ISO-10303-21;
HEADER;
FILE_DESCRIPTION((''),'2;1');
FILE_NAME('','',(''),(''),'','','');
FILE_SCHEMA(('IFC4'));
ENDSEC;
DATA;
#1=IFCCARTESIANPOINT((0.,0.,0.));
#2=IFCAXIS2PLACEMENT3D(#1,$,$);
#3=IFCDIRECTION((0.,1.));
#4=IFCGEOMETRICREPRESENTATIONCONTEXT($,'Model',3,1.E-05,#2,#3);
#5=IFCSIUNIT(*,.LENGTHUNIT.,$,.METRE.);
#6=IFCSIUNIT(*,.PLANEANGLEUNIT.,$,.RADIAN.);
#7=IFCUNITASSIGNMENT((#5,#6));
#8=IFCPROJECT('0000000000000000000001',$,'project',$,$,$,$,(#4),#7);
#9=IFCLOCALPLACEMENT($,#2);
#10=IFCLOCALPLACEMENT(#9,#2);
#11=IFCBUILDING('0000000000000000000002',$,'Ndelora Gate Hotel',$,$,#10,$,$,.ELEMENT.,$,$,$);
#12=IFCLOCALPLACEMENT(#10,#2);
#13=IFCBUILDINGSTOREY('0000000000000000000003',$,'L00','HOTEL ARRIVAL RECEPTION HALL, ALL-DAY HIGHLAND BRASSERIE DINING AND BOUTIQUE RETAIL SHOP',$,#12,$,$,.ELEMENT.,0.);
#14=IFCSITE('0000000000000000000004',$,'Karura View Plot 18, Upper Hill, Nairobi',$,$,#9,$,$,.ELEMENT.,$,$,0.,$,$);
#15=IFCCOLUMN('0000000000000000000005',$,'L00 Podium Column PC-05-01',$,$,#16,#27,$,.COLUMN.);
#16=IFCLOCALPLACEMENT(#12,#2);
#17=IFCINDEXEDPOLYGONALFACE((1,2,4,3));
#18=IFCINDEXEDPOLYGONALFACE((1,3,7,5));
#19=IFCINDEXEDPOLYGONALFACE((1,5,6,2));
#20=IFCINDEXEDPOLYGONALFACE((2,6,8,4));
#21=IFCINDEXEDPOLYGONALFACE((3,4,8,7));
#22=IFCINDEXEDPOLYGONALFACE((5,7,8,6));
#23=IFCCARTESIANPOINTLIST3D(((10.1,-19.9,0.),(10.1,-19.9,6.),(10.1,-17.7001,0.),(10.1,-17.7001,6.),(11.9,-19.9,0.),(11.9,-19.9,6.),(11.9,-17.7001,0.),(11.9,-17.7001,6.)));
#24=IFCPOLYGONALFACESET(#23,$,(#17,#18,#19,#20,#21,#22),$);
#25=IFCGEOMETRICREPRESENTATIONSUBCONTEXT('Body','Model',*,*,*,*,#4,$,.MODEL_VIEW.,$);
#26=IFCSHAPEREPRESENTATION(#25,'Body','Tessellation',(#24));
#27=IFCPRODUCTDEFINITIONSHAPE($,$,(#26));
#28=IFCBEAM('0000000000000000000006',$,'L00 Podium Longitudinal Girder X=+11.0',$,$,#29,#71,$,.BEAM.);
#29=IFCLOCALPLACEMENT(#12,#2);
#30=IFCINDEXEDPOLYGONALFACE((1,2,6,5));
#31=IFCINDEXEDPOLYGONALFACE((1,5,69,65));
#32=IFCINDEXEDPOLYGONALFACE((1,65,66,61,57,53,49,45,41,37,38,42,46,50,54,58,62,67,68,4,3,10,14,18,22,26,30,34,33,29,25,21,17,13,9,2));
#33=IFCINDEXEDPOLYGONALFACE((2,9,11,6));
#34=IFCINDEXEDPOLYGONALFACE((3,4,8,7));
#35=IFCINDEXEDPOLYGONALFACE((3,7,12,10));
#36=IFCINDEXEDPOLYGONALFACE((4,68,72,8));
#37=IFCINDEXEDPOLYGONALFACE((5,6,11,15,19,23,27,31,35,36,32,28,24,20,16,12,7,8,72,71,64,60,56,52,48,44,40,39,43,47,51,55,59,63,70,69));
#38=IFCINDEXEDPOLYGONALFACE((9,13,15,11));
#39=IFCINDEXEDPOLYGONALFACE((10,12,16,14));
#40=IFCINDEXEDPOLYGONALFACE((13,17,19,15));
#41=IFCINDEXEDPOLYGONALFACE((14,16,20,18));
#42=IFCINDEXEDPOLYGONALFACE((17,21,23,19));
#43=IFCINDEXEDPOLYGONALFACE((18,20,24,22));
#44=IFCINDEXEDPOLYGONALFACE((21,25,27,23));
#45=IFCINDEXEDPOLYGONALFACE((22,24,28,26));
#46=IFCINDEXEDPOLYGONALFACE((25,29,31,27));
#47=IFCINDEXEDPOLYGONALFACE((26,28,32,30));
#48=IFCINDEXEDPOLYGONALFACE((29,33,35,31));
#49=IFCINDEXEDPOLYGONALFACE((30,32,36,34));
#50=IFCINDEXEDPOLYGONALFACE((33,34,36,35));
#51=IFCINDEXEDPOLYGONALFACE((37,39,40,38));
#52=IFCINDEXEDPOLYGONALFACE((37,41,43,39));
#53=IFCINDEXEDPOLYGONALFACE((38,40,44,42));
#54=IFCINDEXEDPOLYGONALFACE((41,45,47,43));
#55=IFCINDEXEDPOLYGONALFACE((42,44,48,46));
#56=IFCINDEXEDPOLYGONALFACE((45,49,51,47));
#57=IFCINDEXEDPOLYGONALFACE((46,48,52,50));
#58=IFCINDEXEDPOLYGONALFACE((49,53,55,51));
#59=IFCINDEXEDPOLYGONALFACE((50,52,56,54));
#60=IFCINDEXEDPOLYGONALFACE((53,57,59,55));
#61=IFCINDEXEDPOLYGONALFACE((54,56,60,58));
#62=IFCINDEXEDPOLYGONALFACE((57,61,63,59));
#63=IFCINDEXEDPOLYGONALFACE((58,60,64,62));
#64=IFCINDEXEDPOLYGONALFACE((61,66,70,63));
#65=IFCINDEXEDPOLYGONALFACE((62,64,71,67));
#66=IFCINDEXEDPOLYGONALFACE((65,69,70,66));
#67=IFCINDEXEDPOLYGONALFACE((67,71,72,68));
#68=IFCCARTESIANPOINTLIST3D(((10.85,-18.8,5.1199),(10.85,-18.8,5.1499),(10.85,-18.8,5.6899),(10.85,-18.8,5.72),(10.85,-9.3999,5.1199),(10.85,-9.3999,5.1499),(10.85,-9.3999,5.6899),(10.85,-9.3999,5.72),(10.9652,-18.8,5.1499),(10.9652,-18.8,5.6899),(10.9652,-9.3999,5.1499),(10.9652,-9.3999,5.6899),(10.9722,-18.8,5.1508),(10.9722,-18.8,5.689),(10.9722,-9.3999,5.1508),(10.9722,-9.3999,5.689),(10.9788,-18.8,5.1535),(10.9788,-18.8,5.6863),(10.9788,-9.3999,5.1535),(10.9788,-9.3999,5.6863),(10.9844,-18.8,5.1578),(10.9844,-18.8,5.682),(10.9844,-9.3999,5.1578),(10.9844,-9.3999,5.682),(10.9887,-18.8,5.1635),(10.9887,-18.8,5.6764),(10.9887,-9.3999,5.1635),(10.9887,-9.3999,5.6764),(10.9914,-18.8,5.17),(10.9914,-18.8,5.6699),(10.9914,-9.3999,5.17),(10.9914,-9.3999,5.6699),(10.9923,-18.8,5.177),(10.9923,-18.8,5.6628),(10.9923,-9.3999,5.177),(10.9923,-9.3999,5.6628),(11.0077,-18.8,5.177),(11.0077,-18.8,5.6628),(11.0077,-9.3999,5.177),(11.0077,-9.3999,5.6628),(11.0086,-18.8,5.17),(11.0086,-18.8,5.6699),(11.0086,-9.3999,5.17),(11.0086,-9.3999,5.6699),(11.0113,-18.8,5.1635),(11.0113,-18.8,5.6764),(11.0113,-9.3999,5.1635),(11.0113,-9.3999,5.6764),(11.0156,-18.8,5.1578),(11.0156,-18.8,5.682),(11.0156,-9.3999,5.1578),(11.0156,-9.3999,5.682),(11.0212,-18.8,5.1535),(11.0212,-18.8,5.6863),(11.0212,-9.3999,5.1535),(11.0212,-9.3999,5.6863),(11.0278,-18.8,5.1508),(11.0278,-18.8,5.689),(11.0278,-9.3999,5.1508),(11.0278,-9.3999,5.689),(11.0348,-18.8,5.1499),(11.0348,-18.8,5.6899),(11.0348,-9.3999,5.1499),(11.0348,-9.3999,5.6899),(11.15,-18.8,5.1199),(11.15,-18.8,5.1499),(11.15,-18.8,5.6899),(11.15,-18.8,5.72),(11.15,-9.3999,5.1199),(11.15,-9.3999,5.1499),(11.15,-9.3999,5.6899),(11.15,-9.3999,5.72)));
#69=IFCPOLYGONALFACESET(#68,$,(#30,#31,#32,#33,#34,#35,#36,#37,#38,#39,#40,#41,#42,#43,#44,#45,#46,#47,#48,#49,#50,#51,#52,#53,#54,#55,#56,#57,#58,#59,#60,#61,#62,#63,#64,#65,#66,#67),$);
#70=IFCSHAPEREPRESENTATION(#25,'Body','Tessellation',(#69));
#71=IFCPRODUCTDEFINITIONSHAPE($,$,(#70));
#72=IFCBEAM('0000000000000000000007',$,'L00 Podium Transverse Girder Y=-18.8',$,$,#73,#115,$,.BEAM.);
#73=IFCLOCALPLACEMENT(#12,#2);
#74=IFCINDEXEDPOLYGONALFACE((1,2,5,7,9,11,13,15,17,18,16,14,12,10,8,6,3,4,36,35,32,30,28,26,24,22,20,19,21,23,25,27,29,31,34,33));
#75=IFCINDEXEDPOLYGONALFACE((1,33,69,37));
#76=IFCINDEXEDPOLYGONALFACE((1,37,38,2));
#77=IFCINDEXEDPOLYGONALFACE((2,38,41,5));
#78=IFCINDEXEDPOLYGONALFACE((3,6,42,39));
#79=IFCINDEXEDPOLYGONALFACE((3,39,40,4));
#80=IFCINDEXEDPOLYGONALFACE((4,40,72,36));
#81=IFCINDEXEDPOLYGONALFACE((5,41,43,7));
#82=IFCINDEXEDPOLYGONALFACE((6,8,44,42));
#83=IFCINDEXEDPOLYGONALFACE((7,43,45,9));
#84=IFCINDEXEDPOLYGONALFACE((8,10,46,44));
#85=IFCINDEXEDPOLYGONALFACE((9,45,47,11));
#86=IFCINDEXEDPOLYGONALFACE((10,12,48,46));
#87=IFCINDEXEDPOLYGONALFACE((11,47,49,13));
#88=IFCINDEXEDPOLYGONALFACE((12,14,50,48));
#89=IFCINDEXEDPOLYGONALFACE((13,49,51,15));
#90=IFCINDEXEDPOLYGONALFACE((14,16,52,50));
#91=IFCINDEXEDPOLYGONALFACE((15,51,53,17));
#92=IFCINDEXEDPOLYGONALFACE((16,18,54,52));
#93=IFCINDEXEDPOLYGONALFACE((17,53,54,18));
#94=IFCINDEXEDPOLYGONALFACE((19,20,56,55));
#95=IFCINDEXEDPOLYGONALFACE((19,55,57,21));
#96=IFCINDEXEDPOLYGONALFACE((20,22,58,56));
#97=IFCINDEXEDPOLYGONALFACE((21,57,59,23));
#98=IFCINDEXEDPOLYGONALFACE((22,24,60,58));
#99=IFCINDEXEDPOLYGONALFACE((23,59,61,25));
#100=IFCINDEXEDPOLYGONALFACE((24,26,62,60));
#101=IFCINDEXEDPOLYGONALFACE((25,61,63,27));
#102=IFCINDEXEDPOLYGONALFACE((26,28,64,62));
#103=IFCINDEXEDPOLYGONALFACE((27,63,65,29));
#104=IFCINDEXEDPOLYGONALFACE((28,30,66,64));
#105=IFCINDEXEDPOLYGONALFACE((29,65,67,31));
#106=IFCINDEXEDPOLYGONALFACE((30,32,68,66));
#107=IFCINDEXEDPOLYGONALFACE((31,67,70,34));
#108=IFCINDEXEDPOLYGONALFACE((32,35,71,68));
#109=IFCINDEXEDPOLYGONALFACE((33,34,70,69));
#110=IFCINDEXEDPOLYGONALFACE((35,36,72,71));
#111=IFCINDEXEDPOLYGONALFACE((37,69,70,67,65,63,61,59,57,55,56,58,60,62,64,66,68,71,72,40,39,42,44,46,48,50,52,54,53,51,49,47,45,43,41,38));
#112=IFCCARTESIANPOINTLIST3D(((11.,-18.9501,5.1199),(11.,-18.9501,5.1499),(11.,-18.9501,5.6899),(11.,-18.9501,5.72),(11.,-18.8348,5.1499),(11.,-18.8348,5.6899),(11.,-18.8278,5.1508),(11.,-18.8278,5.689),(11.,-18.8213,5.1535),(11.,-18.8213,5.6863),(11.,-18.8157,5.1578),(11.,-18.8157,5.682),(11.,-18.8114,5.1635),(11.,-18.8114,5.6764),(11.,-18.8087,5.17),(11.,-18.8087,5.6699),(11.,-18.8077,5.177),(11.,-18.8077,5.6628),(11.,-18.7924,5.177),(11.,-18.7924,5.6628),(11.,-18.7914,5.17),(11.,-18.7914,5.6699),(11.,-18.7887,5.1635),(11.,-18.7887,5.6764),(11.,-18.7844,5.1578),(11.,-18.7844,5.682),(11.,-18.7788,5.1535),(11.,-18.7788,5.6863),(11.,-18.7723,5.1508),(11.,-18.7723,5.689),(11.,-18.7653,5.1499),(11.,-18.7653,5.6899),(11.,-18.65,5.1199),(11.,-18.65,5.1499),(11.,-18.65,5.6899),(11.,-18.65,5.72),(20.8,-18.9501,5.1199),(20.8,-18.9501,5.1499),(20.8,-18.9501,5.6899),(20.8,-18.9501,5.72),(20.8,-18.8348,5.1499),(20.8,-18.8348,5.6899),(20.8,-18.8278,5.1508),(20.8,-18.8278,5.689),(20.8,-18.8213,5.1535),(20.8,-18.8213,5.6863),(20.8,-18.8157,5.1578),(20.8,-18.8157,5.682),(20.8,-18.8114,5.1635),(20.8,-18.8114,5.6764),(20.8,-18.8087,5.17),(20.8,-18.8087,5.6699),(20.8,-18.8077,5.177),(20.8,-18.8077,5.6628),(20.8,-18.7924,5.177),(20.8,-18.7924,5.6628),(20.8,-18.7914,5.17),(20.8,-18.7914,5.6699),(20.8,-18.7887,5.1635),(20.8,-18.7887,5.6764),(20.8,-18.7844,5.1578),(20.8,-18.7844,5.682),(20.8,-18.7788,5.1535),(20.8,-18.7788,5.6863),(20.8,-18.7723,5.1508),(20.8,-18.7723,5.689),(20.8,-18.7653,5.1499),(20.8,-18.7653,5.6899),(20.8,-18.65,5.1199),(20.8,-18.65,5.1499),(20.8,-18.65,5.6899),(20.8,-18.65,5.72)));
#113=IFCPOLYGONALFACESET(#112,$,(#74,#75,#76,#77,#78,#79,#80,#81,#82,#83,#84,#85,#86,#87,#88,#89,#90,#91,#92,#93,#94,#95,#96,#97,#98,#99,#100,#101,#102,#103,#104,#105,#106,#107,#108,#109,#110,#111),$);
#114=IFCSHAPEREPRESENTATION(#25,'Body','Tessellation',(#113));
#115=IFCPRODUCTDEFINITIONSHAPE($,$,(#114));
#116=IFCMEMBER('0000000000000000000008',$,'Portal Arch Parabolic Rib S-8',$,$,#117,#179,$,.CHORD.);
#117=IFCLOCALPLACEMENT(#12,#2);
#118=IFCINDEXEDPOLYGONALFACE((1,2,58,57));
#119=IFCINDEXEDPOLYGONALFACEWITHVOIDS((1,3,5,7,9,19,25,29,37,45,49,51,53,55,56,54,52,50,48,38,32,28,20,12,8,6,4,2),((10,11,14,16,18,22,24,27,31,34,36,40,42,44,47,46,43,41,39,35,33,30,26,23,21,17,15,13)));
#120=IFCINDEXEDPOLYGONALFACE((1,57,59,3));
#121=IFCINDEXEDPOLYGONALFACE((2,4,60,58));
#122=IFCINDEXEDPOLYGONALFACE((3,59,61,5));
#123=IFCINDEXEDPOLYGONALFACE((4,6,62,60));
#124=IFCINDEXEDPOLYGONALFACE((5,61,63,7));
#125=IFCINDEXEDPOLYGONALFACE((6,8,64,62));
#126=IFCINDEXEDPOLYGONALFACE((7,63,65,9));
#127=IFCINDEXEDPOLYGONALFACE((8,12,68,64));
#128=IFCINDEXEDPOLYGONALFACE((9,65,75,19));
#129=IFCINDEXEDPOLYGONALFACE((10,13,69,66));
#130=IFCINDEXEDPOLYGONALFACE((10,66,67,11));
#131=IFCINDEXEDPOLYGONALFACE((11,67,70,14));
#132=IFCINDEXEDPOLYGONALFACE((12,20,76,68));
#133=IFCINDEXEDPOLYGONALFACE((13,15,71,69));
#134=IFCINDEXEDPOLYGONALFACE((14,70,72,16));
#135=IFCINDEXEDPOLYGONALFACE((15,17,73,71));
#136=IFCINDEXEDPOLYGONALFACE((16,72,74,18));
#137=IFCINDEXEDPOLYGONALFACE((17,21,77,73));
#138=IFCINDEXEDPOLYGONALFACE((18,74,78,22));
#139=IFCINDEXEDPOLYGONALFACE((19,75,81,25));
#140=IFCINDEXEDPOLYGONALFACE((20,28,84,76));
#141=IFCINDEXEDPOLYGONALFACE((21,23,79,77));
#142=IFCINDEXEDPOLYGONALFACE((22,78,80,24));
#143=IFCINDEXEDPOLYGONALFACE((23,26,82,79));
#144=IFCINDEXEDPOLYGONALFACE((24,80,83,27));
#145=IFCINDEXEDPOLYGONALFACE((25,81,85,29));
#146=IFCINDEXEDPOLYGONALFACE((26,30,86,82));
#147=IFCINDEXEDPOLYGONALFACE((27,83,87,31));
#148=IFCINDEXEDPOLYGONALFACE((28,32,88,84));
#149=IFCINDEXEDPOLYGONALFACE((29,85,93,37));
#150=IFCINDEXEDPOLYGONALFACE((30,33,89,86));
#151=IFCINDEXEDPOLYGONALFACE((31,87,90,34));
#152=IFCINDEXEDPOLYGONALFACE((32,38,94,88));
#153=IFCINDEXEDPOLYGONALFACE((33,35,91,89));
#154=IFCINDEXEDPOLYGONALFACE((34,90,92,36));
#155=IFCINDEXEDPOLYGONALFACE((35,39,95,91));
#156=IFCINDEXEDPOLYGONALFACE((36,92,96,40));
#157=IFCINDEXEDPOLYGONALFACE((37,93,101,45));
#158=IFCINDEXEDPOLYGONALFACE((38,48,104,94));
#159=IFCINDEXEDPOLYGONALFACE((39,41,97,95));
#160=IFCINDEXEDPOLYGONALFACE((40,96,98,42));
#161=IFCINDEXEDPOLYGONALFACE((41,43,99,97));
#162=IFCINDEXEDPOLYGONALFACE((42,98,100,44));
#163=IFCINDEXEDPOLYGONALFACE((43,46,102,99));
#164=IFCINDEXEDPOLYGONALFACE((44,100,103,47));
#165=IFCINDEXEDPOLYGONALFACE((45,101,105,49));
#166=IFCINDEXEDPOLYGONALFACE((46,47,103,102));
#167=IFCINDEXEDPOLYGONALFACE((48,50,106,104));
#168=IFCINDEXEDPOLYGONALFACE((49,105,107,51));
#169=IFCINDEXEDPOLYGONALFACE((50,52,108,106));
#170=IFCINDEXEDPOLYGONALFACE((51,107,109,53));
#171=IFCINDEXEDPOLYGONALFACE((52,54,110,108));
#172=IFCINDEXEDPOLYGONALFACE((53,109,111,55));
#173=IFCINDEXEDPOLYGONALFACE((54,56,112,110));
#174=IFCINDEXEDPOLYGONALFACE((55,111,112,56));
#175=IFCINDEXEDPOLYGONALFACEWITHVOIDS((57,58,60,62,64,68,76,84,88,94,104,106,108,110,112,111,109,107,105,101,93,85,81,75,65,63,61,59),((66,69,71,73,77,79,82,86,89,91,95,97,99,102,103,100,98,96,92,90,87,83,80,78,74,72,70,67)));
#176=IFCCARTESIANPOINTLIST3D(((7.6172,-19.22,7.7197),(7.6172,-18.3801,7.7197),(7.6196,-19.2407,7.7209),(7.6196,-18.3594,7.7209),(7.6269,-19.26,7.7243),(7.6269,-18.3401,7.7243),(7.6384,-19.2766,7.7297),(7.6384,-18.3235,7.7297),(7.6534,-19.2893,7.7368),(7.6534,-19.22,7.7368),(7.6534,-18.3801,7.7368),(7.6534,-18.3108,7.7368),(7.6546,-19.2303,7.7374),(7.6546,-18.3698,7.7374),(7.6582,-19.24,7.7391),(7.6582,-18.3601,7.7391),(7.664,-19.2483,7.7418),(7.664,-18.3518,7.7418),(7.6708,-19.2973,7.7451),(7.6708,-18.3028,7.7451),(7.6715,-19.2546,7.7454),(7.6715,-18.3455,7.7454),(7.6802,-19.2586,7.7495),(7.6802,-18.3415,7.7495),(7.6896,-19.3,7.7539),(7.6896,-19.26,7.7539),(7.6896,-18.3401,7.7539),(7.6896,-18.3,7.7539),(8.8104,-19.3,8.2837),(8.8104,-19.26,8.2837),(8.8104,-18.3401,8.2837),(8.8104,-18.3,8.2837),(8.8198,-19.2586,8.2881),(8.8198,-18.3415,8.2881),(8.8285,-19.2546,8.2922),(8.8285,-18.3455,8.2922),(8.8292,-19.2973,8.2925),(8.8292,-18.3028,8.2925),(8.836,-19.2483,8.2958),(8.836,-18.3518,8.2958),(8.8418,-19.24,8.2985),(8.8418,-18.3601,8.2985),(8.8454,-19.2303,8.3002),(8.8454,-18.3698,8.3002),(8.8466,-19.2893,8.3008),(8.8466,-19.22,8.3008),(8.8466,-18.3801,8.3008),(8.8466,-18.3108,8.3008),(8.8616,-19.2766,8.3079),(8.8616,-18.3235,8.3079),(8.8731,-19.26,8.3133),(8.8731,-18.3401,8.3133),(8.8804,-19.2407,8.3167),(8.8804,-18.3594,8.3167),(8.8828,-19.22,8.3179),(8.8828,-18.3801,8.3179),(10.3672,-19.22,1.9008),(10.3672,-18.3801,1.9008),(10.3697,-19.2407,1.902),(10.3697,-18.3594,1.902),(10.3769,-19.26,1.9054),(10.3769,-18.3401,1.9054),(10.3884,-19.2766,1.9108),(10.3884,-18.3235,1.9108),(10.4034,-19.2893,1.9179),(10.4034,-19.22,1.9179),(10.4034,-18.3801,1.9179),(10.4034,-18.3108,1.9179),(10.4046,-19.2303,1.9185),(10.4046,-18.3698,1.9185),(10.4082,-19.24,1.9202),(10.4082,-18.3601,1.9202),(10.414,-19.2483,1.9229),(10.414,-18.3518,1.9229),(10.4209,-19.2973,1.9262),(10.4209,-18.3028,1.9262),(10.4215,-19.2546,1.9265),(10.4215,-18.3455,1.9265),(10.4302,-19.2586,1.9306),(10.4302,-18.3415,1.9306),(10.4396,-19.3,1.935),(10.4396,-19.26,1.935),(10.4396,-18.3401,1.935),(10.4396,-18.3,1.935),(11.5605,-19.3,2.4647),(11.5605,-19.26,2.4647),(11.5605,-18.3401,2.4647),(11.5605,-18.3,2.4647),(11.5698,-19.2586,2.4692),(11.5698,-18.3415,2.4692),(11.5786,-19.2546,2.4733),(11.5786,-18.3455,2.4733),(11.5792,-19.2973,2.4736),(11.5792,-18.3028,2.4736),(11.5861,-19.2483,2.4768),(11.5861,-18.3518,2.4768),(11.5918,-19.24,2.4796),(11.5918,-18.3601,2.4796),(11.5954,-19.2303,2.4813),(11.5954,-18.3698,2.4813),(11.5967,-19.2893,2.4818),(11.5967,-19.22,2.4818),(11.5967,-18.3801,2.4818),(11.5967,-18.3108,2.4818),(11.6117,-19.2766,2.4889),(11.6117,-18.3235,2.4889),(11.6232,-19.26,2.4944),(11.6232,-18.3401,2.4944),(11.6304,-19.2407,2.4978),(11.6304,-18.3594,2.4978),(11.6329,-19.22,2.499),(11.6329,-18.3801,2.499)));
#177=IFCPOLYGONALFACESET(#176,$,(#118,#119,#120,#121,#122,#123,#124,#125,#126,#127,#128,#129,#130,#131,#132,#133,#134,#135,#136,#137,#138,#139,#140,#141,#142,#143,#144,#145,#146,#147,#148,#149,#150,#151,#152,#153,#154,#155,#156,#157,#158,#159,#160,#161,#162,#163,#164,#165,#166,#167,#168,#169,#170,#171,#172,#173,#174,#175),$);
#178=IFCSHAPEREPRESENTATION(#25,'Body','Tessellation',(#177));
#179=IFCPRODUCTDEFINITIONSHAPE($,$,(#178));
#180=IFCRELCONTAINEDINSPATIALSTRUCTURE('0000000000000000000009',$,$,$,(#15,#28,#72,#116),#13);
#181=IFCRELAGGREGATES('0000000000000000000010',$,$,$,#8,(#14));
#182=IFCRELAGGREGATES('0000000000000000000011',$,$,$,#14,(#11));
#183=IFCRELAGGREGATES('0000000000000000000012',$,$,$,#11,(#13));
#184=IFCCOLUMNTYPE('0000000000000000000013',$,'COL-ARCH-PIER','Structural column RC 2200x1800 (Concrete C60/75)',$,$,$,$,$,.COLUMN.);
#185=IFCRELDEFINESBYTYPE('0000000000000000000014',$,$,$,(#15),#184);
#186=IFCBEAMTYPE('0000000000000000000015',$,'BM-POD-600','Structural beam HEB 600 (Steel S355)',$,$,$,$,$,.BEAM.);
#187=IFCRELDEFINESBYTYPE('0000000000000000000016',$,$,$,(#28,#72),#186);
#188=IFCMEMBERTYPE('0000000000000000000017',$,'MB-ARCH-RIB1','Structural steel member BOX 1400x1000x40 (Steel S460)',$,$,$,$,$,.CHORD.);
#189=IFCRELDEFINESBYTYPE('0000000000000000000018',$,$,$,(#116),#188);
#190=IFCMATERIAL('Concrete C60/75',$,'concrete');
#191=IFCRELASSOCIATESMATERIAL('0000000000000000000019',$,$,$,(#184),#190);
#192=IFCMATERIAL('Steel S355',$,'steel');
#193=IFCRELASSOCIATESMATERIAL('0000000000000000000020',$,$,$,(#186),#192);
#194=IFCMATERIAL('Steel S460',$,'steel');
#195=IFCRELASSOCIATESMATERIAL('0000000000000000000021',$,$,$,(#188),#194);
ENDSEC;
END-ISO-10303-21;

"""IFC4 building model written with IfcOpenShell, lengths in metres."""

from ifc_helpers import new_model, si_unit, direction, frame, origin, origin_2d, place, context, subcontext, project, spatial, rectangle, hollow_rectangle, i_section, extrude, material, material_profile, profile_set, type_object, element, save


model = new_model("IFC4")

# Units and contexts
model_context = context("Model", 3, precision=1e-05, world=origin(), true_north=direction((0.0, 1.0)))
body_context = subcontext(model_context, "Body", "Model", "MODEL_VIEW")
ifc_project = project(units=[si_unit("LENGTHUNIT", "METRE"), si_unit("PLANEANGLEUNIT", "RADIAN")], contexts=[model_context])

# Site, building, storey
site_placement = place(None, origin())
site = spatial("IfcSite", under=ifc_project, at=site_placement, Name="Karura View Plot 18, Upper Hill, Nairobi", CompositionType="ELEMENT", RefElevation=0.0)
building_placement = place(site_placement, origin())
building = spatial("IfcBuilding", under=site, at=building_placement, Name="Ndelora Gate Hotel", CompositionType="ELEMENT")
storey_placement = place(building_placement, origin())
storey = spatial("IfcBuildingStorey", under=building, at=storey_placement, Name="L00", Description="HOTEL ARRIVAL RECEPTION HALL, ALL-DAY HIGHLAND BRASSERIE DINING AND BOUTIQUE RETAIL SHOP", CompositionType="ELEMENT", Elevation=0.0)

# Column
ifc_material_1 = material(Name="Concrete C60/75", Category="concrete")
ifc_material_profile_1 = material_profile(ifc_material_1, rectangle(XDim=1.8, YDim=2.2, at=origin_2d()), Name="RC 2200x1800")
ifc_profile_set_1 = profile_set([ifc_material_profile_1], Name="Concrete C60/75")
column_type = type_object("IfcColumnType", Name="COL-ARCH-PIER", Description="Structural column RC 2200x1800 (Concrete C60/75)", PredefinedType="COLUMN", material=ifc_profile_set_1)
column_placement = place(storey_placement, frame((11.0, -18.8, 0.0), z_axis=(0.0, 0.0, 1.0), x_axis=(1.0, 0.0, 0.0)))
element("IfcColumn", 1, at=column_placement, inside=storey, type_object=column_type, Name="L00 Podium Column PC-05-01", PredefinedType="COLUMN", context=body_context, shape_type="SweptSolid", body=[
    extrude(rectangle(XDim=1.8, YDim=2.2, at=origin_2d()), origin(), (0.0, 0.0, 1.0), 6.0),
])

# Beams
ifc_material_2 = material(Name="Steel S355", Category="steel")
ifc_material_profile_2 = material_profile(ifc_material_2, i_section(OverallWidth=0.3, OverallDepth=0.6001, WebThickness=0.0154, FlangeThickness=0.03, FilletRadius=0.0271, at=origin_2d()), Name="HEB 600")
ifc_profile_set_2 = profile_set([ifc_material_profile_2], Name="Steel S355")
beam_type = type_object("IfcBeamType", Name="BM-POD-600", Description="Structural beam HEB 600 (Steel S355)", PredefinedType="BEAM", material=ifc_profile_set_2)
beam_1_placement = place(storey_placement, frame((11.0, -18.8, 5.4199), z_axis=(0.0, 1.0, 0.0), x_axis=(-1.0, 0.0, 0.0)))
element("IfcBeam", 2, at=beam_1_placement, inside=storey, type_object=beam_type, Name="L00 Podium Longitudinal Girder X=+11.0", PredefinedType="BEAM", context=body_context, shape_type="SweptSolid", body=[
    extrude(i_section(OverallWidth=0.3, OverallDepth=0.6001, WebThickness=0.0154, FlangeThickness=0.03, FilletRadius=0.0271, at=origin_2d()), origin(), (0.0, 0.0, 1.0), 9.4001),
])
beam_2_placement = place(storey_placement, frame((11.0, -18.8, 5.4199), z_axis=(1.0, 0.0, 0.0), x_axis=(0.0, 1.0, 0.0)))
element("IfcBeam", 3, at=beam_2_placement, inside=storey, type_object=beam_type, Name="L00 Podium Transverse Girder Y=-18.8", PredefinedType="BEAM", context=body_context, shape_type="SweptSolid", body=[
    extrude(i_section(OverallWidth=0.3, OverallDepth=0.6001, WebThickness=0.0154, FlangeThickness=0.03, FilletRadius=0.0271, at=origin_2d()), origin(), (0.0, 0.0, 1.0), 9.8),
])

# Member
ifc_material_3 = material(Name="Steel S460", Category="steel")
ifc_material_profile_3 = material_profile(ifc_material_3, hollow_rectangle(XDim=1.0, YDim=1.3999, WallThickness=0.04, InnerFilletRadius=0.04, OuterFilletRadius=0.0801, at=origin_2d()), Name="BOX 1400x1000x40")
ifc_profile_set_3 = profile_set([ifc_material_profile_3], Name="Steel S460")
member_type_1 = type_object("IfcMemberType", Name="MB-ARCH-RIB1", Description="Structural steel member BOX 1400x1000x40 (Steel S460)", PredefinedType="CHORD", material=ifc_profile_set_3)
member_1_placement = place(storey_placement, frame((8.25, -18.8, 8.0188), z_axis=(0.427287, 0.0, -0.904116), x_axis=(0.0, 1.0, 0.0)))
element("IfcMember", 4, at=member_1_placement, inside=storey, type_object=member_type_1, Name="Portal Arch Parabolic Rib S-8", PredefinedType="CHORD", context=body_context, shape_type="SweptSolid", body=[
    extrude(hollow_rectangle(XDim=1.0, YDim=1.3999, WallThickness=0.04, InnerFilletRadius=0.04, OuterFilletRadius=0.0801, at=origin_2d()), origin(), (0.0, 0.0, 1.0), 6.436),
])

save(model, "model.ifc")
